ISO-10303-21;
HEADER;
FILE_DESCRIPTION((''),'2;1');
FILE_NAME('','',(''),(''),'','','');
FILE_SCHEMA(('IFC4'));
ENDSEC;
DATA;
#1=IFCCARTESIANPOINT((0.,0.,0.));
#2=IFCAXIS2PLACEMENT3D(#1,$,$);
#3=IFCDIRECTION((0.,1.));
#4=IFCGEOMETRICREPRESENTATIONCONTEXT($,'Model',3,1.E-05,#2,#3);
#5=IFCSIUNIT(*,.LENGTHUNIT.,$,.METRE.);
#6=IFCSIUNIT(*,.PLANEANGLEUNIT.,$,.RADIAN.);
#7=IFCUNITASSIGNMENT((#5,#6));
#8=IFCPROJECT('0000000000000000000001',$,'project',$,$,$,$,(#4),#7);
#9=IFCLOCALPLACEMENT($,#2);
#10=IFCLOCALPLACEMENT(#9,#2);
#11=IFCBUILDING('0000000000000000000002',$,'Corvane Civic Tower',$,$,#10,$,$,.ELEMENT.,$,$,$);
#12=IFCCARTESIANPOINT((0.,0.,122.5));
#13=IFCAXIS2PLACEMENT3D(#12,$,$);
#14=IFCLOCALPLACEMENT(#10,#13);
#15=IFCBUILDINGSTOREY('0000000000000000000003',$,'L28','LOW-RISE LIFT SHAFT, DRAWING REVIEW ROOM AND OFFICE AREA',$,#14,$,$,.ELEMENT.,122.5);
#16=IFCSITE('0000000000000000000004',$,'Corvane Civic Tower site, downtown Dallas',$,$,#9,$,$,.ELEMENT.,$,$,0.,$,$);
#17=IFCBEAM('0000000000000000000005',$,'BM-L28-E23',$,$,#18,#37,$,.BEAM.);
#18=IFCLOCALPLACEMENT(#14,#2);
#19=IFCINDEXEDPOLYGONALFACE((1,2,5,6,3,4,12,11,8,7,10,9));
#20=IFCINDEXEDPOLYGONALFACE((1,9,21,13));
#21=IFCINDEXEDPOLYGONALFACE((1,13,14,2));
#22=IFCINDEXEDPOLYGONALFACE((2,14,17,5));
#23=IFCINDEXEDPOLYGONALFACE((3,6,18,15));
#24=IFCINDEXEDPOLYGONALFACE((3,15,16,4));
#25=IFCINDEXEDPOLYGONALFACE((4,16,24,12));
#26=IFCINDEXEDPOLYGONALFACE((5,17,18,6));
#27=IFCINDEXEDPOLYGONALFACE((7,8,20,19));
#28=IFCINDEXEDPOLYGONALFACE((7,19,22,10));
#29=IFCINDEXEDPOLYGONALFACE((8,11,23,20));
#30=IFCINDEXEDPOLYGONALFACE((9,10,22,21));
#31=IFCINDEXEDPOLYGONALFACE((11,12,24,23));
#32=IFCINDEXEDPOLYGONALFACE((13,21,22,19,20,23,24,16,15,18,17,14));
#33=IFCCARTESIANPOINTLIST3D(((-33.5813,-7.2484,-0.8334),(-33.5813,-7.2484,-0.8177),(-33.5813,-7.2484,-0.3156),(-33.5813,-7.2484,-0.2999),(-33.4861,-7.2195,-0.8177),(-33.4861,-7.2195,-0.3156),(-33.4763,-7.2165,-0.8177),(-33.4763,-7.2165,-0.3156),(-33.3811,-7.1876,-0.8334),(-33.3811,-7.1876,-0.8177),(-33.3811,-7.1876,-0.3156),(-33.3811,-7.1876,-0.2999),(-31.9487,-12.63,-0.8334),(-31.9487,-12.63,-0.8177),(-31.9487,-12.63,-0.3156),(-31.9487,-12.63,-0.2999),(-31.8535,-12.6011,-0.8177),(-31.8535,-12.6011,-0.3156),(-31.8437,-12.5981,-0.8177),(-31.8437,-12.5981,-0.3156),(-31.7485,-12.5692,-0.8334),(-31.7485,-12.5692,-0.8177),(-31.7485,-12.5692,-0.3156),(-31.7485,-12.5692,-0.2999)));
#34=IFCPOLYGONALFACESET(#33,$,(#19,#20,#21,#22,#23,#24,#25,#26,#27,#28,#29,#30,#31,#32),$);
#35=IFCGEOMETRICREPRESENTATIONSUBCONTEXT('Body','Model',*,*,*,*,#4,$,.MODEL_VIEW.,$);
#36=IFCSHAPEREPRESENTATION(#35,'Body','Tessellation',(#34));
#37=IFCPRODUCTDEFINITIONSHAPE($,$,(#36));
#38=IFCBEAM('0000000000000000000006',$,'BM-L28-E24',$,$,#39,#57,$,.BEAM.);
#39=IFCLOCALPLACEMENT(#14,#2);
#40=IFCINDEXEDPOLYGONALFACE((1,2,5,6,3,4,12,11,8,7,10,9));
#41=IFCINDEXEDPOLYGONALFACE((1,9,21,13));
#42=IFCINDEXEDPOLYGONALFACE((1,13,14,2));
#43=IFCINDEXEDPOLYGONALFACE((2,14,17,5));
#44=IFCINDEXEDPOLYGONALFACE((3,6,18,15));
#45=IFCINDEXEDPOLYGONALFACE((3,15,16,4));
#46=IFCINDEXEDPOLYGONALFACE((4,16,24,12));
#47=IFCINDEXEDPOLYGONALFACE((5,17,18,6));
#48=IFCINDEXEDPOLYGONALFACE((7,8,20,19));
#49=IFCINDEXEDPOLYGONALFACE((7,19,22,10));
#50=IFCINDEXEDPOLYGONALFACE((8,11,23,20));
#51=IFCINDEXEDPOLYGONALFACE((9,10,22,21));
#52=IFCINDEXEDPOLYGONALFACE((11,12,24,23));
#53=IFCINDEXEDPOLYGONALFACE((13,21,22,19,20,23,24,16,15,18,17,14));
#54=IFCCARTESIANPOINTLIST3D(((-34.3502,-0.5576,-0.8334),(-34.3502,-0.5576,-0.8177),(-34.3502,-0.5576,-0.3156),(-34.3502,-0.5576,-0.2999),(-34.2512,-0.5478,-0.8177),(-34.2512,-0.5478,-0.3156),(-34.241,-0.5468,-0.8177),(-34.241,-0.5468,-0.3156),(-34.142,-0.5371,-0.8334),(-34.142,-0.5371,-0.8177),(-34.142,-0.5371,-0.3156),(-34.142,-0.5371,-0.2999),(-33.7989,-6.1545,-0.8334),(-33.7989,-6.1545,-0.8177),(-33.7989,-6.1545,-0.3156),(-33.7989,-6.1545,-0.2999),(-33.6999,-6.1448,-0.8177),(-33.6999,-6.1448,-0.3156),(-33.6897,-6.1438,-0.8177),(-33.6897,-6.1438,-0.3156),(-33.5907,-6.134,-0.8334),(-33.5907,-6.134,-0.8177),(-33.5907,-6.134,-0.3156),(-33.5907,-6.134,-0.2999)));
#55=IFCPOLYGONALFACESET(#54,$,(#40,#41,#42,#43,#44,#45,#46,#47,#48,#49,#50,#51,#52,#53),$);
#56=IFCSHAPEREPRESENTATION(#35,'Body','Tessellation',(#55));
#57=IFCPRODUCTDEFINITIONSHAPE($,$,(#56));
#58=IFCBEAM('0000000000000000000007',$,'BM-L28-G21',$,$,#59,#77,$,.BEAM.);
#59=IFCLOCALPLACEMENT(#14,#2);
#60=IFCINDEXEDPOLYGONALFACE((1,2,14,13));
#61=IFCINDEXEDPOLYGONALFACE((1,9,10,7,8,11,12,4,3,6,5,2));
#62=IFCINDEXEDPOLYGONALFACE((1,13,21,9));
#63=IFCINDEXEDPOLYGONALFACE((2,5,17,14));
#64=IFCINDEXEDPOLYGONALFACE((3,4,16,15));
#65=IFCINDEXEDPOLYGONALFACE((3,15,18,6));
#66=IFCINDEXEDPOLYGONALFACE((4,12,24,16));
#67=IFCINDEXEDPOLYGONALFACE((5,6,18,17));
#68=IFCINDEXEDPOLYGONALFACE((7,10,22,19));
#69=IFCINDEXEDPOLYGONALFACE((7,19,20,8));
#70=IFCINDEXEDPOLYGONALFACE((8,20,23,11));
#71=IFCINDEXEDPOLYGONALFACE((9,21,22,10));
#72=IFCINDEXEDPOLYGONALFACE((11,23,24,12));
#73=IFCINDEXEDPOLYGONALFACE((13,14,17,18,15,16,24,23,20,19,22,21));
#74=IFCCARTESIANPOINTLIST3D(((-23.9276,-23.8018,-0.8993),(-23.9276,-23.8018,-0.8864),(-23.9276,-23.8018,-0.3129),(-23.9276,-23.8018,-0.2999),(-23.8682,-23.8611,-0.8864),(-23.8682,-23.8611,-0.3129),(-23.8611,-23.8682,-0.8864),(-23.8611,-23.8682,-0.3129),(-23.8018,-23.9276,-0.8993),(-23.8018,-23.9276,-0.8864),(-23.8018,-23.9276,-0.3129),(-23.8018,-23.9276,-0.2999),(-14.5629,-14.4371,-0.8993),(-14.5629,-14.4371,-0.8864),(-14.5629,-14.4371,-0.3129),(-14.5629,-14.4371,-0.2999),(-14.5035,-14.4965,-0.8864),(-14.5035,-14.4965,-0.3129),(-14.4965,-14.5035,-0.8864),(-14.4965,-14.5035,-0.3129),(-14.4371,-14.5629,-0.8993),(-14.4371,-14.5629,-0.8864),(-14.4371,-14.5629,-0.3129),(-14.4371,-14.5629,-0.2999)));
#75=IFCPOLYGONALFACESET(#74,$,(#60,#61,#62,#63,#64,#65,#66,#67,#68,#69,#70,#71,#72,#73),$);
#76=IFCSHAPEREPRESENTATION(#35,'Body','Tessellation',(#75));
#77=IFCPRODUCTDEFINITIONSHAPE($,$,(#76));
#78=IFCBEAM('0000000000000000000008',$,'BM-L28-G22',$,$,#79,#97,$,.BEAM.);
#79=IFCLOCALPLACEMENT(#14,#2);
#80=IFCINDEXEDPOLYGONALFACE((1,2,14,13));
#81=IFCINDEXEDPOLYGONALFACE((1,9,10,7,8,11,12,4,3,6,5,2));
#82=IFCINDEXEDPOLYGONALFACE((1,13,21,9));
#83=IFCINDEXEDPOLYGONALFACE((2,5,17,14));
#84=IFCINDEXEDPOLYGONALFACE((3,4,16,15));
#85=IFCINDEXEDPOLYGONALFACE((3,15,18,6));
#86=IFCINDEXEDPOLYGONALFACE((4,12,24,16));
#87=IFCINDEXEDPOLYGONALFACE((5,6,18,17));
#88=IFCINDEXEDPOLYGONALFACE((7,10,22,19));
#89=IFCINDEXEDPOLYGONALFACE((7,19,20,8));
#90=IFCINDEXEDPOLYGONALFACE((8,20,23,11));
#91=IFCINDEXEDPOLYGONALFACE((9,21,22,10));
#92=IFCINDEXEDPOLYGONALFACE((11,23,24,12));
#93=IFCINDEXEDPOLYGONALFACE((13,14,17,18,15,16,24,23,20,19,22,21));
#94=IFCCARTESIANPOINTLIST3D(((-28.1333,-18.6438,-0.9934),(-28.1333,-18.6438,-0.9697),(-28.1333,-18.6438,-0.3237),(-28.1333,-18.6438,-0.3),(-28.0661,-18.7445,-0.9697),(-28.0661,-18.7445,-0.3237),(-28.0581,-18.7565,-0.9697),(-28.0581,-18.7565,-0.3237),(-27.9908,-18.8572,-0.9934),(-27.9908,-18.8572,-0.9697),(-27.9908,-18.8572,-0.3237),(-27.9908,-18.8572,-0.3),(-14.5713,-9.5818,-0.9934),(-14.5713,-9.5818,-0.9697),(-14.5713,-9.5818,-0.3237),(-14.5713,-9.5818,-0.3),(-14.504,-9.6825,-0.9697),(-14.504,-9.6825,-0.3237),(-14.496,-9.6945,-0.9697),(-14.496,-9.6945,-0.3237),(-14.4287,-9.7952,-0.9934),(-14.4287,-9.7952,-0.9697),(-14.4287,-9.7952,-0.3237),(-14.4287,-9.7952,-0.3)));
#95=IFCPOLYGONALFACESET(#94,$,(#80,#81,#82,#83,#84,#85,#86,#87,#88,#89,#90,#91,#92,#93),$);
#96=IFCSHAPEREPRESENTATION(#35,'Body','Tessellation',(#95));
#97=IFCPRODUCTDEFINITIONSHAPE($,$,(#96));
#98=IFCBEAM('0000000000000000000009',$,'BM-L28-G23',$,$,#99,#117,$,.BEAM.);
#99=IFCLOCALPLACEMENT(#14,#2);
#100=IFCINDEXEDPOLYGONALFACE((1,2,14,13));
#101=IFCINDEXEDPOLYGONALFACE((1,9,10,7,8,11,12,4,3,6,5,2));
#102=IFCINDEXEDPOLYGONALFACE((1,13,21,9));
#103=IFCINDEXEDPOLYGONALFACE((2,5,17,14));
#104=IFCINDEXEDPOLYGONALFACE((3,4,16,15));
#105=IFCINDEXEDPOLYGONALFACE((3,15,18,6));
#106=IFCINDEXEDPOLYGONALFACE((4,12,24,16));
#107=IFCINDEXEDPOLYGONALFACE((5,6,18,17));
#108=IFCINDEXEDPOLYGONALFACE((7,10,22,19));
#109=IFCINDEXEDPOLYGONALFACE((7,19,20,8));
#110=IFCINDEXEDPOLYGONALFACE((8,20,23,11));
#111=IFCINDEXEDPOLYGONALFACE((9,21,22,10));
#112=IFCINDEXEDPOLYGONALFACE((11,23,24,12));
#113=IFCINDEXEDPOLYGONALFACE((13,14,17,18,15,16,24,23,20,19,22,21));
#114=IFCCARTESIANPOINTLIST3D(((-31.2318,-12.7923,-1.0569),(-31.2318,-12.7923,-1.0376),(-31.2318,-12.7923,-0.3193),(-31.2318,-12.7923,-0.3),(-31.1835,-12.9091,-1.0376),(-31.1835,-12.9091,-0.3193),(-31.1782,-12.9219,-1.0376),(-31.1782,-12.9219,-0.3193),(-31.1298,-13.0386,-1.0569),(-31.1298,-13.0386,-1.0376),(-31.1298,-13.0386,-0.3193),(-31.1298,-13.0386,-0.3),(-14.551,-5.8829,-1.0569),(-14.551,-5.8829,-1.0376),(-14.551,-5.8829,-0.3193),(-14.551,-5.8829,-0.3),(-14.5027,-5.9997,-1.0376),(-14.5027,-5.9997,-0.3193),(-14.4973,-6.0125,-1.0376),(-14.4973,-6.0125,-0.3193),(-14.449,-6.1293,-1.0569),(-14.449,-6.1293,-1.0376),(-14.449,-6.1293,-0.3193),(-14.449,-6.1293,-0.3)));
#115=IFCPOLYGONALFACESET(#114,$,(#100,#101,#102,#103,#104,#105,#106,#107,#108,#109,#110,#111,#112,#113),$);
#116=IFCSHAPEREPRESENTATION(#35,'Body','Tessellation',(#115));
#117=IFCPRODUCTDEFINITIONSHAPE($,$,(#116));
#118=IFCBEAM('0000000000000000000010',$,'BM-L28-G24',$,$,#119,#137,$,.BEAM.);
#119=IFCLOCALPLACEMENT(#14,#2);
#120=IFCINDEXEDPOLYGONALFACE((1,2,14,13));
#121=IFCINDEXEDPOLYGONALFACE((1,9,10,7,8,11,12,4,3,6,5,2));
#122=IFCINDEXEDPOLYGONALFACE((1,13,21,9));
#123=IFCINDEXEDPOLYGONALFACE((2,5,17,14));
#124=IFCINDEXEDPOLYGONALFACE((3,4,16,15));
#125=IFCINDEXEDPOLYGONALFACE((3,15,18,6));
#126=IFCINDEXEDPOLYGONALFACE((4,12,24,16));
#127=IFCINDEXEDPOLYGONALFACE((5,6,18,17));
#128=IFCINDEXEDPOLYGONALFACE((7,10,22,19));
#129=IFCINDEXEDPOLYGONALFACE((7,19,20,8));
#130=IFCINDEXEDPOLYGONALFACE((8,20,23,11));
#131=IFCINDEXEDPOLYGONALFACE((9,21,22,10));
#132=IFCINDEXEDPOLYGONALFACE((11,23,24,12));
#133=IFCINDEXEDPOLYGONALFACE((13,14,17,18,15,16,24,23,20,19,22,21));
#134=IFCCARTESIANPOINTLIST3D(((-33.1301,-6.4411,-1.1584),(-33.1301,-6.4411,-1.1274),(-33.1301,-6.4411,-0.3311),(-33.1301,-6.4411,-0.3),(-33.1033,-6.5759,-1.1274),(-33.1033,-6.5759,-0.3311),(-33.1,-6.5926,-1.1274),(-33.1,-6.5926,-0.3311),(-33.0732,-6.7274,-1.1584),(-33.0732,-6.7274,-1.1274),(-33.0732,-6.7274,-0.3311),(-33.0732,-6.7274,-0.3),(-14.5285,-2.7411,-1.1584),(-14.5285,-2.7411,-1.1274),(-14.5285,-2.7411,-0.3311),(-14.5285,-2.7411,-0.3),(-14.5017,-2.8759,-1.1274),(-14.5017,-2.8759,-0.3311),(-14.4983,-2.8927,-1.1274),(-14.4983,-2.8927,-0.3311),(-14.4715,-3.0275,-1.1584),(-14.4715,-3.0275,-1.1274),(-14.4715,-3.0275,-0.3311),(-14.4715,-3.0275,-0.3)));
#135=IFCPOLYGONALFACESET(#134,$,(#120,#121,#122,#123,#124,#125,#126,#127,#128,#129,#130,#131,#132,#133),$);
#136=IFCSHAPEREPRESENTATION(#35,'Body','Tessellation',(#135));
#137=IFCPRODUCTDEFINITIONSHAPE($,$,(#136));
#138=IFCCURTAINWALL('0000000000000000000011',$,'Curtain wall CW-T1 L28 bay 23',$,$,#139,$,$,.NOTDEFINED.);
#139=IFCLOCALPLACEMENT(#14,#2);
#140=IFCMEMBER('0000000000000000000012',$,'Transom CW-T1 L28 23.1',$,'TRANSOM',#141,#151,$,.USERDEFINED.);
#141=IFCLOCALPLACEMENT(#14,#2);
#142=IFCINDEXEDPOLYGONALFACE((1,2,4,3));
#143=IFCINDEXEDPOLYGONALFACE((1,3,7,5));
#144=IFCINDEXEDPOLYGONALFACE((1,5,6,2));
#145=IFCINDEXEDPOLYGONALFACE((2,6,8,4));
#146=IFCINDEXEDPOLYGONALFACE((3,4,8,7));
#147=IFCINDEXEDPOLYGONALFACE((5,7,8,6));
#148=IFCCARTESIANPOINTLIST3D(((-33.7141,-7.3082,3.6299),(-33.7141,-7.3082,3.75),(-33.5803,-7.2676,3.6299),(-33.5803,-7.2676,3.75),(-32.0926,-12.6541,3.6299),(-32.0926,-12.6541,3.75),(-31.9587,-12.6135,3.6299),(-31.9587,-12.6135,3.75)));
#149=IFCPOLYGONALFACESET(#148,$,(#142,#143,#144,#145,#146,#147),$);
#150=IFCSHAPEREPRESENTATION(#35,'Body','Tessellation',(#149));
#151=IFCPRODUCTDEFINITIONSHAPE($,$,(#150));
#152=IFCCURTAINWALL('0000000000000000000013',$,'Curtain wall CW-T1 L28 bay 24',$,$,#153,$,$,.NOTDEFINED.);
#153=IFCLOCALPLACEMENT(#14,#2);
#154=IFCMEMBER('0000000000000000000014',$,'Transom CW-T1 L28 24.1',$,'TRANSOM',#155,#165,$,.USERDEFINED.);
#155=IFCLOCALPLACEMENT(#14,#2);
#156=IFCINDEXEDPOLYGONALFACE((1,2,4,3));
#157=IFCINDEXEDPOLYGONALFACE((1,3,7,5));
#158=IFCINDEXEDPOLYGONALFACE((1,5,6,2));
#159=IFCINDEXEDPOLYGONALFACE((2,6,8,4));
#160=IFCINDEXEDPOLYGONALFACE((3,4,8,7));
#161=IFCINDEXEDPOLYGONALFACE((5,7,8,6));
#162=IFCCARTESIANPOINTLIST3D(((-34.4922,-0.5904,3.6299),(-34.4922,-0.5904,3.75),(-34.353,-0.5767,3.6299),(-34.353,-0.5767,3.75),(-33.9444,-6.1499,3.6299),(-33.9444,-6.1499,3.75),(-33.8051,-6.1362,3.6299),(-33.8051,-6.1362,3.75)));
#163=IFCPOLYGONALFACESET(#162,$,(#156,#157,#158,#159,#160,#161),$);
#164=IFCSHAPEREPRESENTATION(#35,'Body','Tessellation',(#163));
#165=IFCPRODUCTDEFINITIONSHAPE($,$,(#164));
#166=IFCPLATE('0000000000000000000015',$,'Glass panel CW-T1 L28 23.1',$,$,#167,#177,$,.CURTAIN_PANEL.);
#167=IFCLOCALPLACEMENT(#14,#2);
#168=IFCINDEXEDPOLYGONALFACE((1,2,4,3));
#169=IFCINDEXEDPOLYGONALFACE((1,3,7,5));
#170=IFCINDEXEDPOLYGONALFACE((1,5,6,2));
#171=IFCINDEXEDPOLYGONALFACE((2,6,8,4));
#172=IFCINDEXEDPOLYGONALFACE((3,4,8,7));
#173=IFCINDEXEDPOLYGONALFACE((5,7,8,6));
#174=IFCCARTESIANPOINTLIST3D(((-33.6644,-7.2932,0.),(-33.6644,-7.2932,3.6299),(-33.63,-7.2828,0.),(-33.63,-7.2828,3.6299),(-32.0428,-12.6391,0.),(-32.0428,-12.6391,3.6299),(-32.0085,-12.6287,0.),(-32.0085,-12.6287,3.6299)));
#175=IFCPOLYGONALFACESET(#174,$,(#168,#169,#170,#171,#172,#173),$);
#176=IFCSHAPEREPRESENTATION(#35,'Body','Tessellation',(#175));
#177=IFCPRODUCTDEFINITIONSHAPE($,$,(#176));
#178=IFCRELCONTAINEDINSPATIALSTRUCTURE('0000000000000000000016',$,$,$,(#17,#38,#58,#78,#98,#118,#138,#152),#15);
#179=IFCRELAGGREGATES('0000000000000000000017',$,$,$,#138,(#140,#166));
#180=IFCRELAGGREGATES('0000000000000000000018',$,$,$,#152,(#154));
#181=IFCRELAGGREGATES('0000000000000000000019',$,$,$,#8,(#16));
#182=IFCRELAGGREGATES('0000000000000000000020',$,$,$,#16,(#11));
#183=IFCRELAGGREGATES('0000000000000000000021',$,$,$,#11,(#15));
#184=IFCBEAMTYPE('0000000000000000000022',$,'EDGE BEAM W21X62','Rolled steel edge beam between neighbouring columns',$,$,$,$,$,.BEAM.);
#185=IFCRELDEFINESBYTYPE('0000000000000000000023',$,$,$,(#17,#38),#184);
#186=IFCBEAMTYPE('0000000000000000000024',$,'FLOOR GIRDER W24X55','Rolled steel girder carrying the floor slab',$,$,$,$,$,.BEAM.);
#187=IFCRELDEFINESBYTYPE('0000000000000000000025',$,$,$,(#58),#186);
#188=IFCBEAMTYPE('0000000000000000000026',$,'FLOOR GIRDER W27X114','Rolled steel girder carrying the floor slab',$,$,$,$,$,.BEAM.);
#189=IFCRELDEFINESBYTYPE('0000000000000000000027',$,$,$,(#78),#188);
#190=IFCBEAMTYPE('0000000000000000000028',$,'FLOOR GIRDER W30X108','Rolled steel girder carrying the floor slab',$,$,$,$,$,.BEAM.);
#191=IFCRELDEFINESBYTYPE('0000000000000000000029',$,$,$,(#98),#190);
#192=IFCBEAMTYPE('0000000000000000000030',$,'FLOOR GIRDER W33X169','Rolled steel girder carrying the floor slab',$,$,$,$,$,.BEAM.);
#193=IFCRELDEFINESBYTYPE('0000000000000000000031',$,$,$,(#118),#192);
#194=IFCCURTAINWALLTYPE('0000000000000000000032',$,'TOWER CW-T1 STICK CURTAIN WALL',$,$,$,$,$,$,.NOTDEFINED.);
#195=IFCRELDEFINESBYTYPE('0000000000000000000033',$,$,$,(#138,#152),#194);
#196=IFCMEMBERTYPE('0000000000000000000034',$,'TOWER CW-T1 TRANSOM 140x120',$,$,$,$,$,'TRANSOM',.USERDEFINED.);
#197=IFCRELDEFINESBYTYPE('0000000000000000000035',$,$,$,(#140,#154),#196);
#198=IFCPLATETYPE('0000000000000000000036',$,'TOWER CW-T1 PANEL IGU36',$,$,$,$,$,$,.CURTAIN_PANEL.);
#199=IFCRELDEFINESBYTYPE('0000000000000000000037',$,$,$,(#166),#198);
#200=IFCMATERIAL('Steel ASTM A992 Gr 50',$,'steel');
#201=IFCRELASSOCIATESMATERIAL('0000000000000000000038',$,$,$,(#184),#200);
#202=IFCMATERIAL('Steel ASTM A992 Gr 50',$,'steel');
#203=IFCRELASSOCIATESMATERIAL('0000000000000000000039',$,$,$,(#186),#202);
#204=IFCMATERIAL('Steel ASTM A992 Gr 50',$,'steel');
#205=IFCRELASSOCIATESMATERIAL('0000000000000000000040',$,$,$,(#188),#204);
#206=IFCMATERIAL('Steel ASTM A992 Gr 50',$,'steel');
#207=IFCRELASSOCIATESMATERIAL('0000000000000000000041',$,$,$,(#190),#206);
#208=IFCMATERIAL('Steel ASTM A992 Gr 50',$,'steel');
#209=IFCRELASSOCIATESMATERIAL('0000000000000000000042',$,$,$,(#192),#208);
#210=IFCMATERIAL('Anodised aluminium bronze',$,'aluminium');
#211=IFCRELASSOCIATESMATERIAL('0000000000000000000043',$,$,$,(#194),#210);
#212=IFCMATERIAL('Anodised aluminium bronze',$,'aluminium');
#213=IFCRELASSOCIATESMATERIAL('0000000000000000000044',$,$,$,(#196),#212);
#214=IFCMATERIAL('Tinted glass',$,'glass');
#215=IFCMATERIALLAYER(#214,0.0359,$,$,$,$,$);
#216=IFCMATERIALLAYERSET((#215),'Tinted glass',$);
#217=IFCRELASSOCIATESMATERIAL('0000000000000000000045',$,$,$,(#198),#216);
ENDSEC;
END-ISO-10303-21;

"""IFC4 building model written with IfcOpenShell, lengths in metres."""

from ifc_helpers import new_model, si_unit, direction, frame, origin, origin_2d, place, context, subcontext, project, spatial, rectangle, i_section, extrude, material, layer, layer_set, material_profile, profile_set, type_object, element, aggregate, save


model = new_model("IFC4")

# Units and contexts
model_context = context("Model", 3, precision=1e-05, world=origin(), true_north=direction((0.0, 1.0)))
body_context = subcontext(model_context, "Body", "Model", "MODEL_VIEW")
ifc_project = project(units=[si_unit("LENGTHUNIT", "METRE"), si_unit("PLANEANGLEUNIT", "RADIAN")], contexts=[model_context])

# Site, building, storey
site_placement = place(None, origin())
site = spatial("IfcSite", under=ifc_project, at=site_placement, Name="Corvane Civic Tower site, downtown Dallas", CompositionType="ELEMENT", RefElevation=0.0)
building_placement = place(site_placement, origin())
building = spatial("IfcBuilding", under=site, at=building_placement, Name="Corvane Civic Tower", CompositionType="ELEMENT")
storey_placement = place(building_placement, frame((0.0, 0.0, 122.5)))
storey = spatial("IfcBuildingStorey", under=building, at=storey_placement, Name="L28", Description="LOW-RISE LIFT SHAFT, DRAWING REVIEW ROOM AND OFFICE AREA", CompositionType="ELEMENT", Elevation=122.5)

# Beams
ifc_material_1 = material(Name="Steel ASTM A992 Gr 50", Category="steel")
ifc_material_profile_1 = material_profile(ifc_material_1, i_section(OverallWidth=0.2092, OverallDepth=0.5334, WebThickness=0.0103, FlangeThickness=0.0156, at=origin_2d()), Name="W21X62")
ifc_profile_set_1 = profile_set([ifc_material_profile_1], Name="Steel ASTM A992 Gr 50")
beam_type_1 = type_object("IfcBeamType", Name="EDGE BEAM W21X62", Description="Rolled steel edge beam between neighbouring columns", PredefinedType="BEAM", material=ifc_profile_set_1)
beam_1_placement = place(storey_placement, frame((-31.8486, -12.5996, -0.5667), z_axis=(-0.290298, 0.956936, 0.0), x_axis=(-0.956936, -0.290298, 0.0)))
element("IfcBeam", 1, at=beam_1_placement, inside=storey, type_object=beam_type_1, Name="BM-L28-E23", PredefinedType="BEAM", context=body_context, shape_type="SweptSolid", body=[
    extrude(i_section(OverallWidth=0.2092, OverallDepth=0.5334, WebThickness=0.0103, FlangeThickness=0.0156, at=origin_2d()), origin(), (0.0, 0.0, 1.0), 5.6238),
])
beam_2_placement = place(storey_placement, frame((-33.6948, -6.1443, -0.5667), z_axis=(-0.098021, 0.995184, 0.0), x_axis=(-0.995184, -0.098021, 0.0)))
element("IfcBeam", 2, at=beam_2_placement, inside=storey, type_object=beam_type_1, Name="BM-L28-E24", PredefinedType="BEAM", context=body_context, shape_type="SweptSolid", body=[
    extrude(i_section(OverallWidth=0.2092, OverallDepth=0.5334, WebThickness=0.0103, FlangeThickness=0.0156, at=origin_2d()), origin(), (0.0, 0.0, 1.0), 5.624),
])
ifc_material_2 = material(Name="Steel ASTM A992 Gr 50", Category="steel")
ifc_material_profile_2 = material_profile(ifc_material_2, i_section(OverallWidth=0.178, OverallDepth=0.5994, WebThickness=0.01, FlangeThickness=0.0129, at=origin_2d()), Name="W24X55")
ifc_profile_set_2 = profile_set([ifc_material_profile_2], Name="Steel ASTM A992 Gr 50")
beam_type_2 = type_object("IfcBeamType", Name="FLOOR GIRDER W24X55", Description="Rolled steel girder carrying the floor slab", PredefinedType="BEAM", material=ifc_profile_set_2)
beam_3_placement = place(storey_placement, frame((-14.5, -14.5, -0.5996), z_axis=(-0.707107, -0.707107, 0.0), x_axis=(0.707107, -0.707107, 0.0)))
element("IfcBeam", 3, at=beam_3_placement, inside=storey, type_object=beam_type_2, Name="BM-L28-G21", PredefinedType="BEAM", context=body_context, shape_type="SweptSolid", body=[
    extrude(i_section(OverallWidth=0.178, OverallDepth=0.5994, WebThickness=0.01, FlangeThickness=0.0129, at=origin_2d()), origin(), (0.0, 0.0, 1.0), 13.2437),
])
ifc_material_3 = material(Name="Steel ASTM A992 Gr 50", Category="steel")
ifc_material_profile_3 = material_profile(ifc_material_3, i_section(OverallWidth=0.2566, OverallDepth=0.6934, WebThickness=0.0144, FlangeThickness=0.0237, at=origin_2d()), Name="W27X114")
ifc_profile_set_3 = profile_set([ifc_material_profile_3], Name="Steel ASTM A992 Gr 50")
beam_type_3 = type_object("IfcBeamType", Name="FLOOR GIRDER W27X114", Description="Rolled steel girder carrying the floor slab", PredefinedType="BEAM", material=ifc_profile_set_3)
beam_4_placement = place(storey_placement, frame((-14.5, -9.6885, -0.6467), z_axis=(-0.831465, -0.555577, 0.0), x_axis=(0.555577, -0.831465, 0.0)))
element("IfcBeam", 4, at=beam_4_placement, inside=storey, type_object=beam_type_3, Name="BM-L28-G22", PredefinedType="BEAM", context=body_context, shape_type="SweptSolid", body=[
    extrude(i_section(OverallWidth=0.2566, OverallDepth=0.6934, WebThickness=0.0144, FlangeThickness=0.0237, at=origin_2d()), origin(), (0.0, 0.0, 1.0), 16.311),
])
ifc_material_4 = material(Name="Steel ASTM A992 Gr 50", Category="steel")
ifc_material_profile_4 = material_profile(ifc_material_4, i_section(OverallWidth=0.2666, OverallDepth=0.7568, WebThickness=0.0139, FlangeThickness=0.0193, at=origin_2d()), Name="W30X108")
ifc_profile_set_4 = profile_set([ifc_material_profile_4], Name="Steel ASTM A992 Gr 50")
beam_type_4 = type_object("IfcBeamType", Name="FLOOR GIRDER W30X108", Description="Rolled steel girder carrying the floor slab", PredefinedType="BEAM", material=ifc_profile_set_4)
beam_5_placement = place(storey_placement, frame((-14.5, -6.0061, -0.6785), z_axis=(-0.92388, -0.382682, 0.0), x_axis=(0.382682, -0.92388, 0.0)))
element("IfcBeam", 5, at=beam_5_placement, inside=storey, type_object=beam_type_4, Name="BM-L28-G23", PredefinedType="BEAM", context=body_context, shape_type="SweptSolid", body=[
    extrude(i_section(OverallWidth=0.2666, OverallDepth=0.7568, WebThickness=0.0139, FlangeThickness=0.0193, at=origin_2d()), origin(), (0.0, 0.0, 1.0), 18.0552),
])
ifc_material_5 = material(Name="Steel ASTM A992 Gr 50", Category="steel")
ifc_material_profile_5 = material_profile(ifc_material_5, i_section(OverallWidth=0.292, OverallDepth=0.8584, WebThickness=0.0171, FlangeThickness=0.031, at=origin_2d()), Name="W33X169")
ifc_profile_set_5 = profile_set([ifc_material_profile_5], Name="Steel ASTM A992 Gr 50")
beam_type_5 = type_object("IfcBeamType", Name="FLOOR GIRDER W33X169", Description="Rolled steel girder carrying the floor slab", PredefinedType="BEAM", material=ifc_profile_set_5)
beam_6_placement = place(storey_placement, frame((-14.5, -2.8843, -0.7292), z_axis=(-0.980787, -0.195084, 0.0), x_axis=(0.195084, -0.980787, 0.0)))
element("IfcBeam", 6, at=beam_6_placement, inside=storey, type_object=beam_type_5, Name="BM-L28-G24", PredefinedType="BEAM", context=body_context, shape_type="SweptSolid", body=[
    extrude(i_section(OverallWidth=0.292, OverallDepth=0.8584, WebThickness=0.0171, FlangeThickness=0.031, at=origin_2d()), origin(), (0.0, 0.0, 1.0), 18.9661),
])

# Curtain walls, members
ifc_material_6 = material(Name="Anodised aluminium bronze", Category="aluminium")
curtain_wall_type = type_object("IfcCurtainWallType", Name="TOWER CW-T1 STICK CURTAIN WALL", PredefinedType="NOTDEFINED", material=ifc_material_6)
curtain_wall_1_placement = place(storey_placement, origin())
curtain_wall_1 = element("IfcCurtainWall", 7, at=curtain_wall_1_placement, inside=storey, type_object=curtain_wall_type, Name="Curtain wall CW-T1 L28 bay 23", PredefinedType="NOTDEFINED")
ifc_material_7 = material(Name="Anodised aluminium bronze", Category="aluminium")
ifc_material_profile_6 = material_profile(ifc_material_7, rectangle(XDim=0.1399, YDim=0.1201, at=origin_2d()), Name="TOWER CW-T1 TRANSOM 140x120")
ifc_profile_set_6 = profile_set([ifc_material_profile_6], Name="Anodised aluminium bronze")
member_type = type_object("IfcMemberType", Name="TOWER CW-T1 TRANSOM 140x120", ElementType="TRANSOM", PredefinedType="USERDEFINED", material=ifc_profile_set_6)
member_1_placement = place(storey_placement, frame((-32.0256, -12.6338, 3.6899), z_axis=(-0.290269, 0.956945, 0.0), x_axis=(-0.956945, -0.290269, 0.0)))
member_1 = element("IfcMember", 8, at=member_1_placement, type_object=member_type, Name="Transom CW-T1 L28 23.1", ObjectType="TRANSOM", PredefinedType="USERDEFINED", context=body_context, shape_type="SweptSolid", body=[
    extrude(rectangle(XDim=0.1399, YDim=0.1201, at=origin_2d()), origin(), (0.0, 0.0, 1.0), 5.5864),
])
curtain_wall_2_placement = place(storey_placement, origin())
curtain_wall_2 = element("IfcCurtainWall", 9, at=curtain_wall_2_placement, inside=storey, type_object=curtain_wall_type, Name="Curtain wall CW-T1 L28 bay 24", PredefinedType="NOTDEFINED")
member_2_placement = place(storey_placement, frame((-33.8748, -6.1431, 3.6899), z_axis=(-0.098067, 0.99518, 0.0), x_axis=(-0.99518, -0.098067, 0.0)))
member_2 = element("IfcMember", 10, at=member_2_placement, type_object=member_type, Name="Transom CW-T1 L28 24.1", ObjectType="TRANSOM", PredefinedType="USERDEFINED", context=body_context, shape_type="SweptSolid", body=[
    extrude(rectangle(XDim=0.1399, YDim=0.1201, at=origin_2d()), origin(), (0.0, 0.0, 1.0), 5.5864),
])

# Plate
ifc_material_8 = material(Name="Tinted glass", Category="glass")
ifc_layer_1 = layer(ifc_material_8, 0.0359)
ifc_layer_set_1 = layer_set([ifc_layer_1], Name="Tinted glass")
plate_type = type_object("IfcPlateType", Name="TOWER CW-T1 PANEL IGU36", PredefinedType="CURTAIN_PANEL", material=ifc_layer_set_1)
plate_1_placement = place(storey_placement, frame((-32.8364, -9.9609, 0.0), z_axis=(0.0, 0.0, 1.0), x_axis=(-0.290266, 0.956946, 0.0)))
plate_1 = element("IfcPlate", 11, at=plate_1_placement, type_object=plate_type, Name="Glass panel CW-T1 L28 23.1", PredefinedType="CURTAIN_PANEL", context=body_context, shape_type="SweptSolid", body=[
    extrude(rectangle(XDim=5.5864, YDim=0.0359, at=origin_2d()), origin(), (0.0, 0.0, 1.0), 3.6299),
])
aggregate(curtain_wall_1, [member_1, plate_1])
aggregate(curtain_wall_2, [member_2])

save(model, "model.ifc")
